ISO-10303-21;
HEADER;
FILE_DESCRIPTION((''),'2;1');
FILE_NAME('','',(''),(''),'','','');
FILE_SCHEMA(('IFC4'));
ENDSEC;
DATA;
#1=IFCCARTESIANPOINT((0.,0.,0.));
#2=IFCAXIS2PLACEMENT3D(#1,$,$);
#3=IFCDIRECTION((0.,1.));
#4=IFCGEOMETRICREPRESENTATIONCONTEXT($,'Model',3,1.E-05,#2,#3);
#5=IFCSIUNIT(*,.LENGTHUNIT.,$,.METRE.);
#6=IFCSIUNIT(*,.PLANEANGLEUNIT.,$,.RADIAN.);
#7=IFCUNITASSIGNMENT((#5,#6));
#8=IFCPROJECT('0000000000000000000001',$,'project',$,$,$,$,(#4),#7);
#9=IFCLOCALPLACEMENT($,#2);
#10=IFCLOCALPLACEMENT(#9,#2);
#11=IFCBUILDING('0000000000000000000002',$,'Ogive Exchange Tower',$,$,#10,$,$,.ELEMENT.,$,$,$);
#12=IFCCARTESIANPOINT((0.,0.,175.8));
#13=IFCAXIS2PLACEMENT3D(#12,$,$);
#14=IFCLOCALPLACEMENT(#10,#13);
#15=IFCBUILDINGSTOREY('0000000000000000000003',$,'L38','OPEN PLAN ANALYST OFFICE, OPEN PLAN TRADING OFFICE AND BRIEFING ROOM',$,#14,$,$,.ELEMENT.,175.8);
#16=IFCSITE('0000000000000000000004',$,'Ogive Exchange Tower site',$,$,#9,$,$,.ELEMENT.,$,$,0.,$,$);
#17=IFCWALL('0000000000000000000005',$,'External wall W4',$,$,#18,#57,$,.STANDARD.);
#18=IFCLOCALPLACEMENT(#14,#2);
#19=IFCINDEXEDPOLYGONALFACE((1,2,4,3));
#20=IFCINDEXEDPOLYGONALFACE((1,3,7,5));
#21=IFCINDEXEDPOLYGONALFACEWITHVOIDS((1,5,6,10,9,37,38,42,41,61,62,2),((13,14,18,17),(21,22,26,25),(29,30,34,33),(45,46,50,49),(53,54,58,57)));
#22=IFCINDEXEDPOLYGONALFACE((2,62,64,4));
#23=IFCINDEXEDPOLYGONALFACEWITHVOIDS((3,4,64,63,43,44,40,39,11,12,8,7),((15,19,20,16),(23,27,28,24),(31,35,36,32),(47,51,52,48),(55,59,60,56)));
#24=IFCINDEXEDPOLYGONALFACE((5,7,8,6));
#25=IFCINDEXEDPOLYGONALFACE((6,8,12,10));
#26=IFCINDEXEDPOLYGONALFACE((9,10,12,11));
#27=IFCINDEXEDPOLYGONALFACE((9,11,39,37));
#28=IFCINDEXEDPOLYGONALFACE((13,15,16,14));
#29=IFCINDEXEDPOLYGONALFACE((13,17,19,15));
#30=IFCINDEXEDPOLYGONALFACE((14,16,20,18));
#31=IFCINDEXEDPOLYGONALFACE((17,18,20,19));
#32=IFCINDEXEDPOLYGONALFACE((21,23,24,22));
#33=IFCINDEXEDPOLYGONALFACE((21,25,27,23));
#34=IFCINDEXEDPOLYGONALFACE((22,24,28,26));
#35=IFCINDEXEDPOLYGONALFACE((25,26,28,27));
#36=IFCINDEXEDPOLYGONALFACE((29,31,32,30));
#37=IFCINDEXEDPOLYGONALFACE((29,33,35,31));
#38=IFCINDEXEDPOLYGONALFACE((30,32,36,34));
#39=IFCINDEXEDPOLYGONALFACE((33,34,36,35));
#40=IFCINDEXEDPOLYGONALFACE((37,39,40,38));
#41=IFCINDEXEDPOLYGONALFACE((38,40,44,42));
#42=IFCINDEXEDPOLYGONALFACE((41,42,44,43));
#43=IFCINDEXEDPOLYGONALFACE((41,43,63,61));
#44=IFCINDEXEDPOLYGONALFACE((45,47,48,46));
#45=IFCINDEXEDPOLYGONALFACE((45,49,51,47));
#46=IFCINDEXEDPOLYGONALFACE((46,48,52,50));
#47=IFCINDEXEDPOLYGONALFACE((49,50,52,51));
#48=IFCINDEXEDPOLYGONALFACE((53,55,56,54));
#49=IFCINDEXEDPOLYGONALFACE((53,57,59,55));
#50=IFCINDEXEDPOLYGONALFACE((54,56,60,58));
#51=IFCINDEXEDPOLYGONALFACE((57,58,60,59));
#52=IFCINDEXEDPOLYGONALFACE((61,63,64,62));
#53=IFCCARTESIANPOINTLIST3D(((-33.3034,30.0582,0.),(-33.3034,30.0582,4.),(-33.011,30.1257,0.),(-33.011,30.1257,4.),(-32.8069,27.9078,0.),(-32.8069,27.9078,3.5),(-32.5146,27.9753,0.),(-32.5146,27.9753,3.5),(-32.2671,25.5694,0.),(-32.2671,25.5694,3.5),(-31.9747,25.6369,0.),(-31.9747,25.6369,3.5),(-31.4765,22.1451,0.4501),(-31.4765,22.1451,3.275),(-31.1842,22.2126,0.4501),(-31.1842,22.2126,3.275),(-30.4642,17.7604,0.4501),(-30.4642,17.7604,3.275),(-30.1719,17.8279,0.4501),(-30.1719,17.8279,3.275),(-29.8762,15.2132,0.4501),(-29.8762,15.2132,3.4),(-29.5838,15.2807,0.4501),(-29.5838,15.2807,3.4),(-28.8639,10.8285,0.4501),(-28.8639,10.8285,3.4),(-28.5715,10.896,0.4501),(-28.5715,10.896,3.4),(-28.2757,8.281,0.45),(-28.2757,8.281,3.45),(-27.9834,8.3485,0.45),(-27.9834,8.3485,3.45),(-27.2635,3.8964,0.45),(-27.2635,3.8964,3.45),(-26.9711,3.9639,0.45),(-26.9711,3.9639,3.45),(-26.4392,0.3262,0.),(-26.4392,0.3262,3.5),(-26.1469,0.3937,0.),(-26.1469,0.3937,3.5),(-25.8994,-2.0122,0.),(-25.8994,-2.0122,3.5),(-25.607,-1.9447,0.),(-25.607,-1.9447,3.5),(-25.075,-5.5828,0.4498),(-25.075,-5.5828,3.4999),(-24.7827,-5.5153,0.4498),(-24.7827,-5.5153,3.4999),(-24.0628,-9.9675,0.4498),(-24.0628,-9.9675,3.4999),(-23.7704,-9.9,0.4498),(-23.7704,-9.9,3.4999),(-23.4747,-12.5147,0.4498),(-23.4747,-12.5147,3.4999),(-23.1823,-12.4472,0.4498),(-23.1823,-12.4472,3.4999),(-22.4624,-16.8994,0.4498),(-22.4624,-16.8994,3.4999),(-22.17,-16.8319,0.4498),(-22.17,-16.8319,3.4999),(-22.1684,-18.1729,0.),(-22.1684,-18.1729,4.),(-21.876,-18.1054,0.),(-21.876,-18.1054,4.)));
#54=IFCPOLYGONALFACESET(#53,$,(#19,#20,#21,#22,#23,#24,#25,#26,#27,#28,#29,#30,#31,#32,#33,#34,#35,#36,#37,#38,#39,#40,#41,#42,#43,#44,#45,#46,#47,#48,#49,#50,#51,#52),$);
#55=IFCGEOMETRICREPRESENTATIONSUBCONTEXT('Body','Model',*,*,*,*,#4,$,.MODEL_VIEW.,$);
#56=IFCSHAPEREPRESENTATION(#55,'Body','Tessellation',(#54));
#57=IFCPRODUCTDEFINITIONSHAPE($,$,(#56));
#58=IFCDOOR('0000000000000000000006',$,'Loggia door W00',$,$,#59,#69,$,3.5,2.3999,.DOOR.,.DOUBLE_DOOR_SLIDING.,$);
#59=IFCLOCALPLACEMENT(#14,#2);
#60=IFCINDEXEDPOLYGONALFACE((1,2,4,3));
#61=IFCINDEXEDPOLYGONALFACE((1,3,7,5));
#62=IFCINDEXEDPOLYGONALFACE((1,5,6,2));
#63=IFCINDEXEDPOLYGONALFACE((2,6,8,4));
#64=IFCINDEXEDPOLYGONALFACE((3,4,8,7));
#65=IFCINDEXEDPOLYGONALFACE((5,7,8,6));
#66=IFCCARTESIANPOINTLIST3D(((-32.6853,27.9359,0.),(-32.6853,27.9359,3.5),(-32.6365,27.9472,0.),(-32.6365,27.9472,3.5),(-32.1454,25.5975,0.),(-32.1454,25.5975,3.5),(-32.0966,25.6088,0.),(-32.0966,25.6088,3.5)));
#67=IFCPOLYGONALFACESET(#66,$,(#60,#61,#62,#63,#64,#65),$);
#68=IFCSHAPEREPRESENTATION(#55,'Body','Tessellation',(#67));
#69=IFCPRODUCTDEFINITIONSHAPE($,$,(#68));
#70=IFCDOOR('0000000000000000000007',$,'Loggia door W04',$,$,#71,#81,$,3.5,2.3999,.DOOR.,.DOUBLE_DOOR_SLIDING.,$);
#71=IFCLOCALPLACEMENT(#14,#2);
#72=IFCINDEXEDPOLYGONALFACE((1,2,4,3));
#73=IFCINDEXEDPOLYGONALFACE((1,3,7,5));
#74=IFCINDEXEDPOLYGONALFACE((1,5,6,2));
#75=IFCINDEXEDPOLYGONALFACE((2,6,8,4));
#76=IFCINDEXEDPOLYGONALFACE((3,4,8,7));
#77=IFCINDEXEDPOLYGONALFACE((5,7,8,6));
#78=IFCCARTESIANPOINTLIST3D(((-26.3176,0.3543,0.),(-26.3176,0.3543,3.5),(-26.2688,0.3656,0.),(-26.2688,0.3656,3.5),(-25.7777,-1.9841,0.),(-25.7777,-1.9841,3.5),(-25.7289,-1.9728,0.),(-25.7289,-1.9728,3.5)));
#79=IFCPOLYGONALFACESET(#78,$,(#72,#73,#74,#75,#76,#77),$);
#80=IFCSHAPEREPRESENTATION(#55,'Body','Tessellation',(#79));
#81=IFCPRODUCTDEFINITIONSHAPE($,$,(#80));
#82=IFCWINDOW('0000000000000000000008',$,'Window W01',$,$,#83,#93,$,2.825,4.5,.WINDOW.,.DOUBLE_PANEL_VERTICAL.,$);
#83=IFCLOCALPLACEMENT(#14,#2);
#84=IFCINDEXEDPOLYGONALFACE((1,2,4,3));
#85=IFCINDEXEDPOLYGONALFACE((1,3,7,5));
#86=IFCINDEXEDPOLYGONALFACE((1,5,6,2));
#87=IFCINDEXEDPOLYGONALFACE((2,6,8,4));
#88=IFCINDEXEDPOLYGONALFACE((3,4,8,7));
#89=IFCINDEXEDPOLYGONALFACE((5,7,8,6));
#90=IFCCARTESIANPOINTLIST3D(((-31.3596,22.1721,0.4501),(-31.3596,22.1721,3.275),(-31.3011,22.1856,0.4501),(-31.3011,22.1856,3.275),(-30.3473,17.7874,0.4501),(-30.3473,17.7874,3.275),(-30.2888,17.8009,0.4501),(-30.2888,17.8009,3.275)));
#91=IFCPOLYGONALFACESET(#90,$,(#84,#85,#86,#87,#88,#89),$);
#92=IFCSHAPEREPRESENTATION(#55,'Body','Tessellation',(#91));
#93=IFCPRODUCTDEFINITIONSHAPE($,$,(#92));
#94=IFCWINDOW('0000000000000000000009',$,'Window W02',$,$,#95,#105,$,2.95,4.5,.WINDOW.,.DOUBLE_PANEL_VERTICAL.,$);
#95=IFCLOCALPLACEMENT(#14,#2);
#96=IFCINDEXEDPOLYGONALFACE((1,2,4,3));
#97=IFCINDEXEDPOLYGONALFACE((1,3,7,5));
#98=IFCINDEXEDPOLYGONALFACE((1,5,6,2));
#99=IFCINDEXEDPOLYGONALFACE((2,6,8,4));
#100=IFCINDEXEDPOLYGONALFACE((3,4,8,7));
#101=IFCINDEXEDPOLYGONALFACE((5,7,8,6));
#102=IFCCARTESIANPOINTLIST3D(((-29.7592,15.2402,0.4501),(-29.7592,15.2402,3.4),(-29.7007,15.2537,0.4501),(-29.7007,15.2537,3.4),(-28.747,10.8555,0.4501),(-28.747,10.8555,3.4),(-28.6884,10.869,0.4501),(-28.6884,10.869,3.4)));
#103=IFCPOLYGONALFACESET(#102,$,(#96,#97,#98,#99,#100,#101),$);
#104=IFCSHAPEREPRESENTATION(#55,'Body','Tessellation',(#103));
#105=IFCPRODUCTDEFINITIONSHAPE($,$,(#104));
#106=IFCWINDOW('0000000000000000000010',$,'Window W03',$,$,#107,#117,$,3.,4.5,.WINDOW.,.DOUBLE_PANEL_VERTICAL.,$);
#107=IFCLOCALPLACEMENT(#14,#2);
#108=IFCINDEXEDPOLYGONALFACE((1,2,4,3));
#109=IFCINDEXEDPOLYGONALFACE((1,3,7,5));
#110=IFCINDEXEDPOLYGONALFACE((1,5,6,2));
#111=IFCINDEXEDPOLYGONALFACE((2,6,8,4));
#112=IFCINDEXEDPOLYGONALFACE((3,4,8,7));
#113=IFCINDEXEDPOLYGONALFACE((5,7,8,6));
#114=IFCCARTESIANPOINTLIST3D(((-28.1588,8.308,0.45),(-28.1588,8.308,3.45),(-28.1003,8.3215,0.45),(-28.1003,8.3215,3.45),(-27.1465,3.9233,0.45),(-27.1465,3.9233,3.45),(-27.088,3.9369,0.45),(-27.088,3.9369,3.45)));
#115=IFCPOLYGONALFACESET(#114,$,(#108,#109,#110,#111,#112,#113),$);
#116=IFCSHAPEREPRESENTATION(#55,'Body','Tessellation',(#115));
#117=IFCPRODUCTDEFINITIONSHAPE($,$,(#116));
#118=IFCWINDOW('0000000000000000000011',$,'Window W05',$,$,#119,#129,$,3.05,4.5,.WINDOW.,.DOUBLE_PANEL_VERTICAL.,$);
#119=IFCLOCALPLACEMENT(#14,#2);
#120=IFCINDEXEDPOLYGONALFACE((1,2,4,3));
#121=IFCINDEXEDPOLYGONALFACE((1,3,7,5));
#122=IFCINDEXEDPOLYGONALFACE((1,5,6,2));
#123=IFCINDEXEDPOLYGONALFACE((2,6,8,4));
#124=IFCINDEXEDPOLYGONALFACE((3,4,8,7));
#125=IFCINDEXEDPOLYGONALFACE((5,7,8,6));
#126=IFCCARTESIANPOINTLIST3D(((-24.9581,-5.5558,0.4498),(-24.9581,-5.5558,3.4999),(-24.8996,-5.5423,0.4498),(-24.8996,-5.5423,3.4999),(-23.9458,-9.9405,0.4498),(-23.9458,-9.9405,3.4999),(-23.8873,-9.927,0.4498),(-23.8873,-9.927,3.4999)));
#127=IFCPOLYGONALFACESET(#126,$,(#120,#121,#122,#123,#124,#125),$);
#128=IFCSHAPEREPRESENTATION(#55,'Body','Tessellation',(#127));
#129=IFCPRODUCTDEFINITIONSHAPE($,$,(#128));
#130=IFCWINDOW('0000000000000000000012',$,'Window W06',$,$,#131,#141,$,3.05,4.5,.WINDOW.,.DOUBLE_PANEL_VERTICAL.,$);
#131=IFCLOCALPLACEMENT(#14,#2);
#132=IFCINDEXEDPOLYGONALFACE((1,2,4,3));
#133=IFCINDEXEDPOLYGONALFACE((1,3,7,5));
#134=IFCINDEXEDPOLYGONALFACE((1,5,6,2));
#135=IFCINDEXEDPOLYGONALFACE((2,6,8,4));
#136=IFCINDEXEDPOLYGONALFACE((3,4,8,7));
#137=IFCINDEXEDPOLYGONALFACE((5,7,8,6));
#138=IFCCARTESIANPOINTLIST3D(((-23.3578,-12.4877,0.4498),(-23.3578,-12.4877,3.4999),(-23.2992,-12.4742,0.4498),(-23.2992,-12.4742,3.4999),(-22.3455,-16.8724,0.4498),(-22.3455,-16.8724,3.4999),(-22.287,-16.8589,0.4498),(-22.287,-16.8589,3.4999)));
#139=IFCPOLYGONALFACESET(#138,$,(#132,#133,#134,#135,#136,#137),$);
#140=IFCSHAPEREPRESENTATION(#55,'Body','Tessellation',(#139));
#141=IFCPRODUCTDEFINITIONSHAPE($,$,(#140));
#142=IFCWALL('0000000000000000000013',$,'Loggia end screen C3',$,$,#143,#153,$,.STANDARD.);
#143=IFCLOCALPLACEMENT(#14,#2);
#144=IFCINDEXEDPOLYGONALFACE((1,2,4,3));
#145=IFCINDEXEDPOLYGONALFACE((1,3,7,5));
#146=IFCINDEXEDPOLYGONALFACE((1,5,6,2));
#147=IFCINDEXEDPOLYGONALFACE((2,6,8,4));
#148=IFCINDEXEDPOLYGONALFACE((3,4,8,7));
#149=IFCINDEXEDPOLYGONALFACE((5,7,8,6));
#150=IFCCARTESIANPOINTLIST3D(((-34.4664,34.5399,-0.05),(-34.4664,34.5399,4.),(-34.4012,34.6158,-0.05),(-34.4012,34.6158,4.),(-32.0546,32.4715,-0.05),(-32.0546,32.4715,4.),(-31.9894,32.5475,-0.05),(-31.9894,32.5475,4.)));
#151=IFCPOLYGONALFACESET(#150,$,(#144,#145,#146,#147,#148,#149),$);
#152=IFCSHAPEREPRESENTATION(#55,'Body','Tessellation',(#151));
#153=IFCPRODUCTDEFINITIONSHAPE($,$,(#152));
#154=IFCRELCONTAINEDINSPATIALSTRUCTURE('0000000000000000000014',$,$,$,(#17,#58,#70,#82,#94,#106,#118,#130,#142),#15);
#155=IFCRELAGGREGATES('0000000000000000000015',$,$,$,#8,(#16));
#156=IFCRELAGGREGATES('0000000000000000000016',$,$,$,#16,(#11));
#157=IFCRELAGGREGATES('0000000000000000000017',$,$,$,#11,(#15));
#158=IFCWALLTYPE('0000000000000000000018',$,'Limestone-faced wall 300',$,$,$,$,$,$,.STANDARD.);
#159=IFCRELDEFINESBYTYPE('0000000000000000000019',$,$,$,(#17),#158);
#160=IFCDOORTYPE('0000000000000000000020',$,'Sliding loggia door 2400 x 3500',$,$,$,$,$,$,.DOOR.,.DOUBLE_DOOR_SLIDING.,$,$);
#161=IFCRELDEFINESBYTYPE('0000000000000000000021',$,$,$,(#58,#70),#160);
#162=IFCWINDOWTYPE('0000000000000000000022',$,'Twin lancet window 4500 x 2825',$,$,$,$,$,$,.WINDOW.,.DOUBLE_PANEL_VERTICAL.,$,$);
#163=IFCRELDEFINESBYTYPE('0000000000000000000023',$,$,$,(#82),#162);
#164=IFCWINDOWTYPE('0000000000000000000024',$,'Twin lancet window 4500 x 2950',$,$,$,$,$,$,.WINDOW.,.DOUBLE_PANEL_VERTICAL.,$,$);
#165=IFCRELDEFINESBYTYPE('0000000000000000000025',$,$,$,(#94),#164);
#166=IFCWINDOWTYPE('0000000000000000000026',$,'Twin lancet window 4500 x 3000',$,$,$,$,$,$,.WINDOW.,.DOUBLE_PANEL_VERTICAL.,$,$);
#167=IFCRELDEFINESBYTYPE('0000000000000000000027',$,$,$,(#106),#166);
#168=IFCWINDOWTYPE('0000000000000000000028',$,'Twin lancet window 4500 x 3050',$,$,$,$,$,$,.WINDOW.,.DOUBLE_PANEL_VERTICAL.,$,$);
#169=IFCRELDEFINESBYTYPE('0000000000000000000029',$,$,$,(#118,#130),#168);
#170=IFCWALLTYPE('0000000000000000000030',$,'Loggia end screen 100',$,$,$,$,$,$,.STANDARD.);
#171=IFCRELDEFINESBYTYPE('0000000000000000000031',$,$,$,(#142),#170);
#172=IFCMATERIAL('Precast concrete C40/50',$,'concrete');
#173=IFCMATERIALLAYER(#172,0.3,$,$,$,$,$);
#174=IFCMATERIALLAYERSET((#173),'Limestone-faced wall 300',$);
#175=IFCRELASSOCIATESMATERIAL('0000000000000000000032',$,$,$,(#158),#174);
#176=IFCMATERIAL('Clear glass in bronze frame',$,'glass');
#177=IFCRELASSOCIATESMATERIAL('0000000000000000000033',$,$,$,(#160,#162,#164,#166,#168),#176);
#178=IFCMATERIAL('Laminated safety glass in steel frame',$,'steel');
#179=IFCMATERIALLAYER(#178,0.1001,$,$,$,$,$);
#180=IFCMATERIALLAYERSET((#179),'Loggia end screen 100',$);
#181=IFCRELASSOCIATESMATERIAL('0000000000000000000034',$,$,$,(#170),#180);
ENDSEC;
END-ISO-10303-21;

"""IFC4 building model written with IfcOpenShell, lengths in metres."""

from ifc_helpers import new_model, si_unit, direction, frame, frame_2d, origin, place, context, subcontext, project, spatial, rectangle, extrude, material, layer, layer_set, type_object, element, fill, save


model = new_model("IFC4")

# Units and contexts
model_context = context("Model", 3, precision=1e-05, world=origin(), true_north=direction((0.0, 1.0)))
body_context = subcontext(model_context, "Body", "Model", "MODEL_VIEW")
ifc_project = project(units=[si_unit("LENGTHUNIT", "METRE"), si_unit("PLANEANGLEUNIT", "RADIAN")], contexts=[model_context])

# Site, building, storey
site_placement = place(None, origin())
site = spatial("IfcSite", under=ifc_project, at=site_placement, Name="Ogive Exchange Tower site", CompositionType="ELEMENT", RefElevation=0.0)
building_placement = place(site_placement, origin())
building = spatial("IfcBuilding", under=site, at=building_placement, Name="Ogive Exchange Tower", CompositionType="ELEMENT")
storey_placement = place(building_placement, frame((0.0, 0.0, 175.8)))
storey = spatial("IfcBuildingStorey", under=building, at=storey_placement, Name="L38", Description="OPEN PLAN ANALYST OFFICE, OPEN PLAN TRADING OFFICE AND BRIEFING ROOM", CompositionType="ELEMENT", Elevation=175.8)

# Wall, openings, doors, windows
ifc_material_1 = material(Name="Precast concrete C40/50", Category="concrete")
ifc_layer_1 = layer(ifc_material_1, 0.3)
ifc_layer_set_1 = layer_set([ifc_layer_1], Name="Limestone-faced wall 300")
wall_type_1 = type_object("IfcWallType", Name="Limestone-faced wall 300", PredefinedType="STANDARD", material=ifc_layer_set_1)
wall_1_placement = place(storey_placement, frame((-33.1572, 30.092, 0.0), z_axis=(0.0, 0.0, 1.0), x_axis=(0.22495, -0.97437, 0.0)))
wall_1 = element("IfcWall", 1, at=wall_1_placement, inside=storey, type_object=wall_type_1, Name="External wall W4", PredefinedType="STANDARD", context=body_context, shape_type="SweptSolid", body=[
    extrude(rectangle(XDim=49.4998, YDim=0.3, at=frame_2d((24.75, 0.0))), origin(), (0.0, 0.0, 1.0), 4.0),
])
opening_1_placement = place(wall_1_placement, frame((2.207, 0.0, 0.0)))
opening_1 = element("IfcOpeningElement", 2, at=opening_1_placement, cuts=wall_1, PredefinedType="OPENING", context=body_context, shape_type="SweptSolid", body=[
    extrude(rectangle(XDim=2.3999, YDim=3.5, at=frame_2d((1.2, 1.75))), frame((0.0, 0.1599, 0.0), z_axis=(0.0, -1.0, 0.0), x_axis=(1.0, 0.0, 0.0)), (0.0, 0.0, 1.0), 0.3201),
])
opening_2_placement = place(wall_1_placement, frame((8.1213, 0.0, 0.45)))
opening_2 = element("IfcOpeningElement", 3, at=opening_2_placement, cuts=wall_1, PredefinedType="OPENING", context=body_context, shape_type="SweptSolid", body=[
    extrude(rectangle(XDim=4.5, YDim=2.825, at=frame_2d((2.25, 1.4126))), frame((0.0, 0.1599, 0.0), z_axis=(0.0, -1.0, 0.0), x_axis=(1.0, 0.0, 0.0)), (0.0, 0.0, 1.0), 0.3201),
])
opening_3_placement = place(wall_1_placement, frame((15.2356, 0.0, 0.45)))
opening_3 = element("IfcOpeningElement", 4, at=opening_3_placement, cuts=wall_1, PredefinedType="OPENING", context=body_context, shape_type="SweptSolid", body=[
    extrude(rectangle(XDim=4.5, YDim=2.95, at=frame_2d((2.25, 1.4751))), frame((0.0, 0.1599, 0.0), z_axis=(0.0, -1.0, 0.0), x_axis=(1.0, 0.0, 0.0)), (0.0, 0.0, 1.0), 0.3201),
])
opening_4_placement = place(wall_1_placement, frame((22.3501, 0.0, 0.45)))
opening_4 = element("IfcOpeningElement", 5, at=opening_4_placement, cuts=wall_1, PredefinedType="OPENING", context=body_context, shape_type="SweptSolid", body=[
    extrude(rectangle(XDim=4.5, YDim=3.0, at=frame_2d((2.25, 1.5))), frame((0.0, 0.1599, 0.0), z_axis=(0.0, -1.0, 0.0), x_axis=(1.0, 0.0, 0.0)), (0.0, 0.0, 1.0), 0.3201),
])
opening_5_placement = place(wall_1_placement, frame((30.5142, 0.0, 0.0)))
opening_5 = element("IfcOpeningElement", 6, at=opening_5_placement, cuts=wall_1, PredefinedType="OPENING", context=body_context, shape_type="SweptSolid", body=[
    extrude(rectangle(XDim=2.3999, YDim=3.5, at=frame_2d((1.2, 1.75))), frame((0.0, 0.1599, 0.0), z_axis=(0.0, -1.0, 0.0), x_axis=(1.0, 0.0, 0.0)), (0.0, 0.0, 1.0), 0.3201),
])
opening_6_placement = place(wall_1_placement, frame((36.5786, 0.0, 0.45)))
opening_6 = element("IfcOpeningElement", 7, at=opening_6_placement, cuts=wall_1, PredefinedType="OPENING", context=body_context, shape_type="SweptSolid", body=[
    extrude(rectangle(XDim=4.5, YDim=3.05, at=frame_2d((2.25, 1.5249))), frame((0.0, 0.1599, 0.0), z_axis=(0.0, -1.0, 0.0), x_axis=(1.0, 0.0, 0.0)), (0.0, 0.0, 1.0), 0.3201),
])
opening_7_placement = place(wall_1_placement, frame((43.6929, 0.0, 0.45)))
opening_7 = element("IfcOpeningElement", 8, at=opening_7_placement, cuts=wall_1, PredefinedType="OPENING", context=body_context, shape_type="SweptSolid", body=[
    extrude(rectangle(XDim=4.5, YDim=3.05, at=frame_2d((2.25, 1.5249))), frame((0.0, 0.1599, 0.0), z_axis=(0.0, -1.0, 0.0), x_axis=(1.0, 0.0, 0.0)), (0.0, 0.0, 1.0), 0.3201),
])
ifc_material_2 = material(Name="Clear glass in bronze frame", Category="glass")
door_type_1 = type_object("IfcDoorType", Name="Sliding loggia door 2400 x 3500", OperationType="DOUBLE_DOOR_SLIDING", PredefinedType="DOOR", material=ifc_material_2)
door_1_placement = place(opening_1_placement, origin())
door_1 = element("IfcDoor", 9, at=door_1_placement, inside=storey, type_object=door_type_1, Name="Loggia door W00", OperationType="DOUBLE_DOOR_SLIDING", OverallHeight=3.5, OverallWidth=2.3999, PredefinedType="DOOR", context=body_context, shape_type="SweptSolid", body=[
    extrude(rectangle(XDim=2.3999, YDim=3.5, at=frame_2d((1.2, 1.75))), frame((0.0, 0.0249, 0.0), z_axis=(0.0, -1.0, 0.0), x_axis=(1.0, 0.0, 0.0)), (0.0, 0.0, 1.0), 0.05),
])
fill(opening_1, door_1)
door_2_placement = place(opening_5_placement, origin())
door_2 = element("IfcDoor", 10, at=door_2_placement, inside=storey, type_object=door_type_1, Name="Loggia door W04", OperationType="DOUBLE_DOOR_SLIDING", OverallHeight=3.5, OverallWidth=2.3999, PredefinedType="DOOR", context=body_context, shape_type="SweptSolid", body=[
    extrude(rectangle(XDim=2.3999, YDim=3.5, at=frame_2d((1.2, 1.75))), frame((0.0, 0.0249, 0.0), z_axis=(0.0, -1.0, 0.0), x_axis=(1.0, 0.0, 0.0)), (0.0, 0.0, 1.0), 0.05),
])
fill(opening_5, door_2)
window_type_1 = type_object("IfcWindowType", Name="Twin lancet window 4500 x 2825", PartitioningType="DOUBLE_PANEL_VERTICAL", PredefinedType="WINDOW", material=ifc_material_2)
window_1_placement = place(opening_2_placement, origin())
window_1 = element("IfcWindow", 11, at=window_1_placement, inside=storey, type_object=window_type_1, Name="Window W01", OverallHeight=2.825, OverallWidth=4.5, PartitioningType="DOUBLE_PANEL_VERTICAL", PredefinedType="WINDOW", context=body_context, shape_type="SweptSolid", body=[
    extrude(rectangle(XDim=4.5, YDim=2.825, at=frame_2d((2.25, 1.4126))), frame((0.0, 0.03, 0.0), z_axis=(0.0, -1.0, 0.0), x_axis=(1.0, 0.0, 0.0)), (0.0, 0.0, 1.0), 0.0601),
])
fill(opening_2, window_1)
window_type_2 = type_object("IfcWindowType", Name="Twin lancet window 4500 x 2950", PartitioningType="DOUBLE_PANEL_VERTICAL", PredefinedType="WINDOW", material=ifc_material_2)
window_2_placement = place(opening_3_placement, origin())
window_2 = element("IfcWindow", 12, at=window_2_placement, inside=storey, type_object=window_type_2, Name="Window W02", OverallHeight=2.95, OverallWidth=4.5, PartitioningType="DOUBLE_PANEL_VERTICAL", PredefinedType="WINDOW", context=body_context, shape_type="SweptSolid", body=[
    extrude(rectangle(XDim=4.5, YDim=2.95, at=frame_2d((2.25, 1.4751))), frame((0.0, 0.03, 0.0), z_axis=(0.0, -1.0, 0.0), x_axis=(1.0, 0.0, 0.0)), (0.0, 0.0, 1.0), 0.0601),
])
fill(opening_3, window_2)
window_type_3 = type_object("IfcWindowType", Name="Twin lancet window 4500 x 3000", PartitioningType="DOUBLE_PANEL_VERTICAL", PredefinedType="WINDOW", material=ifc_material_2)
window_3_placement = place(opening_4_placement, origin())
window_3 = element("IfcWindow", 13, at=window_3_placement, inside=storey, type_object=window_type_3, Name="Window W03", OverallHeight=3.0, OverallWidth=4.5, PartitioningType="DOUBLE_PANEL_VERTICAL", PredefinedType="WINDOW", context=body_context, shape_type="SweptSolid", body=[
    extrude(rectangle(XDim=4.5, YDim=3.0, at=frame_2d((2.25, 1.5))), frame((0.0, 0.03, 0.0), z_axis=(0.0, -1.0, 0.0), x_axis=(1.0, 0.0, 0.0)), (0.0, 0.0, 1.0), 0.0601),
])
fill(opening_4, window_3)
window_type_4 = type_object("IfcWindowType", Name="Twin lancet window 4500 x 3050", PartitioningType="DOUBLE_PANEL_VERTICAL", PredefinedType="WINDOW", material=ifc_material_2)
window_4_placement = place(opening_6_placement, origin())
window_4 = element("IfcWindow", 14, at=window_4_placement, inside=storey, type_object=window_type_4, Name="Window W05", OverallHeight=3.05, OverallWidth=4.5, PartitioningType="DOUBLE_PANEL_VERTICAL", PredefinedType="WINDOW", context=body_context, shape_type="SweptSolid", body=[
    extrude(rectangle(XDim=4.5, YDim=3.05, at=frame_2d((2.25, 1.5249))), frame((0.0, 0.03, 0.0), z_axis=(0.0, -1.0, 0.0), x_axis=(1.0, 0.0, 0.0)), (0.0, 0.0, 1.0), 0.0601),
])
fill(opening_6, window_4)
window_5_placement = place(opening_7_placement, origin())
window_5 = element("IfcWindow", 15, at=window_5_placement, inside=storey, type_object=window_type_4, Name="Window W06", OverallHeight=3.05, OverallWidth=4.5, PartitioningType="DOUBLE_PANEL_VERTICAL", PredefinedType="WINDOW", context=body_context, shape_type="SweptSolid", body=[
    extrude(rectangle(XDim=4.5, YDim=3.05, at=frame_2d((2.25, 1.5249))), frame((0.0, 0.03, 0.0), z_axis=(0.0, -1.0, 0.0), x_axis=(1.0, 0.0, 0.0)), (0.0, 0.0, 1.0), 0.0601),
])
fill(opening_7, window_5)

# Wall
ifc_material_3 = material(Name="Laminated safety glass in steel frame", Category="steel")
ifc_layer_2 = layer(ifc_material_3, 0.1001)
ifc_layer_set_2 = layer_set([ifc_layer_2], Name="Loggia end screen 100")
wall_type_2 = type_object("IfcWallType", Name="Loggia end screen 100", PredefinedType="STANDARD", material=ifc_layer_set_2)
wall_2_placement = place(storey_placement, frame((-32.022, 32.5095, -0.05), z_axis=(0.0, 0.0, 1.0), x_axis=(-0.759094, 0.650981, 0.0)))
element("IfcWall", 16, at=wall_2_placement, inside=storey, type_object=wall_type_2, Name="Loggia end screen C3", PredefinedType="STANDARD", context=body_context, shape_type="SweptSolid", body=[
    extrude(rectangle(XDim=3.1772, YDim=0.1001, at=frame_2d((1.5886, 0.0))), origin(), (0.0, 0.0, 1.0), 4.05),
])

save(model, "model.ifc")
